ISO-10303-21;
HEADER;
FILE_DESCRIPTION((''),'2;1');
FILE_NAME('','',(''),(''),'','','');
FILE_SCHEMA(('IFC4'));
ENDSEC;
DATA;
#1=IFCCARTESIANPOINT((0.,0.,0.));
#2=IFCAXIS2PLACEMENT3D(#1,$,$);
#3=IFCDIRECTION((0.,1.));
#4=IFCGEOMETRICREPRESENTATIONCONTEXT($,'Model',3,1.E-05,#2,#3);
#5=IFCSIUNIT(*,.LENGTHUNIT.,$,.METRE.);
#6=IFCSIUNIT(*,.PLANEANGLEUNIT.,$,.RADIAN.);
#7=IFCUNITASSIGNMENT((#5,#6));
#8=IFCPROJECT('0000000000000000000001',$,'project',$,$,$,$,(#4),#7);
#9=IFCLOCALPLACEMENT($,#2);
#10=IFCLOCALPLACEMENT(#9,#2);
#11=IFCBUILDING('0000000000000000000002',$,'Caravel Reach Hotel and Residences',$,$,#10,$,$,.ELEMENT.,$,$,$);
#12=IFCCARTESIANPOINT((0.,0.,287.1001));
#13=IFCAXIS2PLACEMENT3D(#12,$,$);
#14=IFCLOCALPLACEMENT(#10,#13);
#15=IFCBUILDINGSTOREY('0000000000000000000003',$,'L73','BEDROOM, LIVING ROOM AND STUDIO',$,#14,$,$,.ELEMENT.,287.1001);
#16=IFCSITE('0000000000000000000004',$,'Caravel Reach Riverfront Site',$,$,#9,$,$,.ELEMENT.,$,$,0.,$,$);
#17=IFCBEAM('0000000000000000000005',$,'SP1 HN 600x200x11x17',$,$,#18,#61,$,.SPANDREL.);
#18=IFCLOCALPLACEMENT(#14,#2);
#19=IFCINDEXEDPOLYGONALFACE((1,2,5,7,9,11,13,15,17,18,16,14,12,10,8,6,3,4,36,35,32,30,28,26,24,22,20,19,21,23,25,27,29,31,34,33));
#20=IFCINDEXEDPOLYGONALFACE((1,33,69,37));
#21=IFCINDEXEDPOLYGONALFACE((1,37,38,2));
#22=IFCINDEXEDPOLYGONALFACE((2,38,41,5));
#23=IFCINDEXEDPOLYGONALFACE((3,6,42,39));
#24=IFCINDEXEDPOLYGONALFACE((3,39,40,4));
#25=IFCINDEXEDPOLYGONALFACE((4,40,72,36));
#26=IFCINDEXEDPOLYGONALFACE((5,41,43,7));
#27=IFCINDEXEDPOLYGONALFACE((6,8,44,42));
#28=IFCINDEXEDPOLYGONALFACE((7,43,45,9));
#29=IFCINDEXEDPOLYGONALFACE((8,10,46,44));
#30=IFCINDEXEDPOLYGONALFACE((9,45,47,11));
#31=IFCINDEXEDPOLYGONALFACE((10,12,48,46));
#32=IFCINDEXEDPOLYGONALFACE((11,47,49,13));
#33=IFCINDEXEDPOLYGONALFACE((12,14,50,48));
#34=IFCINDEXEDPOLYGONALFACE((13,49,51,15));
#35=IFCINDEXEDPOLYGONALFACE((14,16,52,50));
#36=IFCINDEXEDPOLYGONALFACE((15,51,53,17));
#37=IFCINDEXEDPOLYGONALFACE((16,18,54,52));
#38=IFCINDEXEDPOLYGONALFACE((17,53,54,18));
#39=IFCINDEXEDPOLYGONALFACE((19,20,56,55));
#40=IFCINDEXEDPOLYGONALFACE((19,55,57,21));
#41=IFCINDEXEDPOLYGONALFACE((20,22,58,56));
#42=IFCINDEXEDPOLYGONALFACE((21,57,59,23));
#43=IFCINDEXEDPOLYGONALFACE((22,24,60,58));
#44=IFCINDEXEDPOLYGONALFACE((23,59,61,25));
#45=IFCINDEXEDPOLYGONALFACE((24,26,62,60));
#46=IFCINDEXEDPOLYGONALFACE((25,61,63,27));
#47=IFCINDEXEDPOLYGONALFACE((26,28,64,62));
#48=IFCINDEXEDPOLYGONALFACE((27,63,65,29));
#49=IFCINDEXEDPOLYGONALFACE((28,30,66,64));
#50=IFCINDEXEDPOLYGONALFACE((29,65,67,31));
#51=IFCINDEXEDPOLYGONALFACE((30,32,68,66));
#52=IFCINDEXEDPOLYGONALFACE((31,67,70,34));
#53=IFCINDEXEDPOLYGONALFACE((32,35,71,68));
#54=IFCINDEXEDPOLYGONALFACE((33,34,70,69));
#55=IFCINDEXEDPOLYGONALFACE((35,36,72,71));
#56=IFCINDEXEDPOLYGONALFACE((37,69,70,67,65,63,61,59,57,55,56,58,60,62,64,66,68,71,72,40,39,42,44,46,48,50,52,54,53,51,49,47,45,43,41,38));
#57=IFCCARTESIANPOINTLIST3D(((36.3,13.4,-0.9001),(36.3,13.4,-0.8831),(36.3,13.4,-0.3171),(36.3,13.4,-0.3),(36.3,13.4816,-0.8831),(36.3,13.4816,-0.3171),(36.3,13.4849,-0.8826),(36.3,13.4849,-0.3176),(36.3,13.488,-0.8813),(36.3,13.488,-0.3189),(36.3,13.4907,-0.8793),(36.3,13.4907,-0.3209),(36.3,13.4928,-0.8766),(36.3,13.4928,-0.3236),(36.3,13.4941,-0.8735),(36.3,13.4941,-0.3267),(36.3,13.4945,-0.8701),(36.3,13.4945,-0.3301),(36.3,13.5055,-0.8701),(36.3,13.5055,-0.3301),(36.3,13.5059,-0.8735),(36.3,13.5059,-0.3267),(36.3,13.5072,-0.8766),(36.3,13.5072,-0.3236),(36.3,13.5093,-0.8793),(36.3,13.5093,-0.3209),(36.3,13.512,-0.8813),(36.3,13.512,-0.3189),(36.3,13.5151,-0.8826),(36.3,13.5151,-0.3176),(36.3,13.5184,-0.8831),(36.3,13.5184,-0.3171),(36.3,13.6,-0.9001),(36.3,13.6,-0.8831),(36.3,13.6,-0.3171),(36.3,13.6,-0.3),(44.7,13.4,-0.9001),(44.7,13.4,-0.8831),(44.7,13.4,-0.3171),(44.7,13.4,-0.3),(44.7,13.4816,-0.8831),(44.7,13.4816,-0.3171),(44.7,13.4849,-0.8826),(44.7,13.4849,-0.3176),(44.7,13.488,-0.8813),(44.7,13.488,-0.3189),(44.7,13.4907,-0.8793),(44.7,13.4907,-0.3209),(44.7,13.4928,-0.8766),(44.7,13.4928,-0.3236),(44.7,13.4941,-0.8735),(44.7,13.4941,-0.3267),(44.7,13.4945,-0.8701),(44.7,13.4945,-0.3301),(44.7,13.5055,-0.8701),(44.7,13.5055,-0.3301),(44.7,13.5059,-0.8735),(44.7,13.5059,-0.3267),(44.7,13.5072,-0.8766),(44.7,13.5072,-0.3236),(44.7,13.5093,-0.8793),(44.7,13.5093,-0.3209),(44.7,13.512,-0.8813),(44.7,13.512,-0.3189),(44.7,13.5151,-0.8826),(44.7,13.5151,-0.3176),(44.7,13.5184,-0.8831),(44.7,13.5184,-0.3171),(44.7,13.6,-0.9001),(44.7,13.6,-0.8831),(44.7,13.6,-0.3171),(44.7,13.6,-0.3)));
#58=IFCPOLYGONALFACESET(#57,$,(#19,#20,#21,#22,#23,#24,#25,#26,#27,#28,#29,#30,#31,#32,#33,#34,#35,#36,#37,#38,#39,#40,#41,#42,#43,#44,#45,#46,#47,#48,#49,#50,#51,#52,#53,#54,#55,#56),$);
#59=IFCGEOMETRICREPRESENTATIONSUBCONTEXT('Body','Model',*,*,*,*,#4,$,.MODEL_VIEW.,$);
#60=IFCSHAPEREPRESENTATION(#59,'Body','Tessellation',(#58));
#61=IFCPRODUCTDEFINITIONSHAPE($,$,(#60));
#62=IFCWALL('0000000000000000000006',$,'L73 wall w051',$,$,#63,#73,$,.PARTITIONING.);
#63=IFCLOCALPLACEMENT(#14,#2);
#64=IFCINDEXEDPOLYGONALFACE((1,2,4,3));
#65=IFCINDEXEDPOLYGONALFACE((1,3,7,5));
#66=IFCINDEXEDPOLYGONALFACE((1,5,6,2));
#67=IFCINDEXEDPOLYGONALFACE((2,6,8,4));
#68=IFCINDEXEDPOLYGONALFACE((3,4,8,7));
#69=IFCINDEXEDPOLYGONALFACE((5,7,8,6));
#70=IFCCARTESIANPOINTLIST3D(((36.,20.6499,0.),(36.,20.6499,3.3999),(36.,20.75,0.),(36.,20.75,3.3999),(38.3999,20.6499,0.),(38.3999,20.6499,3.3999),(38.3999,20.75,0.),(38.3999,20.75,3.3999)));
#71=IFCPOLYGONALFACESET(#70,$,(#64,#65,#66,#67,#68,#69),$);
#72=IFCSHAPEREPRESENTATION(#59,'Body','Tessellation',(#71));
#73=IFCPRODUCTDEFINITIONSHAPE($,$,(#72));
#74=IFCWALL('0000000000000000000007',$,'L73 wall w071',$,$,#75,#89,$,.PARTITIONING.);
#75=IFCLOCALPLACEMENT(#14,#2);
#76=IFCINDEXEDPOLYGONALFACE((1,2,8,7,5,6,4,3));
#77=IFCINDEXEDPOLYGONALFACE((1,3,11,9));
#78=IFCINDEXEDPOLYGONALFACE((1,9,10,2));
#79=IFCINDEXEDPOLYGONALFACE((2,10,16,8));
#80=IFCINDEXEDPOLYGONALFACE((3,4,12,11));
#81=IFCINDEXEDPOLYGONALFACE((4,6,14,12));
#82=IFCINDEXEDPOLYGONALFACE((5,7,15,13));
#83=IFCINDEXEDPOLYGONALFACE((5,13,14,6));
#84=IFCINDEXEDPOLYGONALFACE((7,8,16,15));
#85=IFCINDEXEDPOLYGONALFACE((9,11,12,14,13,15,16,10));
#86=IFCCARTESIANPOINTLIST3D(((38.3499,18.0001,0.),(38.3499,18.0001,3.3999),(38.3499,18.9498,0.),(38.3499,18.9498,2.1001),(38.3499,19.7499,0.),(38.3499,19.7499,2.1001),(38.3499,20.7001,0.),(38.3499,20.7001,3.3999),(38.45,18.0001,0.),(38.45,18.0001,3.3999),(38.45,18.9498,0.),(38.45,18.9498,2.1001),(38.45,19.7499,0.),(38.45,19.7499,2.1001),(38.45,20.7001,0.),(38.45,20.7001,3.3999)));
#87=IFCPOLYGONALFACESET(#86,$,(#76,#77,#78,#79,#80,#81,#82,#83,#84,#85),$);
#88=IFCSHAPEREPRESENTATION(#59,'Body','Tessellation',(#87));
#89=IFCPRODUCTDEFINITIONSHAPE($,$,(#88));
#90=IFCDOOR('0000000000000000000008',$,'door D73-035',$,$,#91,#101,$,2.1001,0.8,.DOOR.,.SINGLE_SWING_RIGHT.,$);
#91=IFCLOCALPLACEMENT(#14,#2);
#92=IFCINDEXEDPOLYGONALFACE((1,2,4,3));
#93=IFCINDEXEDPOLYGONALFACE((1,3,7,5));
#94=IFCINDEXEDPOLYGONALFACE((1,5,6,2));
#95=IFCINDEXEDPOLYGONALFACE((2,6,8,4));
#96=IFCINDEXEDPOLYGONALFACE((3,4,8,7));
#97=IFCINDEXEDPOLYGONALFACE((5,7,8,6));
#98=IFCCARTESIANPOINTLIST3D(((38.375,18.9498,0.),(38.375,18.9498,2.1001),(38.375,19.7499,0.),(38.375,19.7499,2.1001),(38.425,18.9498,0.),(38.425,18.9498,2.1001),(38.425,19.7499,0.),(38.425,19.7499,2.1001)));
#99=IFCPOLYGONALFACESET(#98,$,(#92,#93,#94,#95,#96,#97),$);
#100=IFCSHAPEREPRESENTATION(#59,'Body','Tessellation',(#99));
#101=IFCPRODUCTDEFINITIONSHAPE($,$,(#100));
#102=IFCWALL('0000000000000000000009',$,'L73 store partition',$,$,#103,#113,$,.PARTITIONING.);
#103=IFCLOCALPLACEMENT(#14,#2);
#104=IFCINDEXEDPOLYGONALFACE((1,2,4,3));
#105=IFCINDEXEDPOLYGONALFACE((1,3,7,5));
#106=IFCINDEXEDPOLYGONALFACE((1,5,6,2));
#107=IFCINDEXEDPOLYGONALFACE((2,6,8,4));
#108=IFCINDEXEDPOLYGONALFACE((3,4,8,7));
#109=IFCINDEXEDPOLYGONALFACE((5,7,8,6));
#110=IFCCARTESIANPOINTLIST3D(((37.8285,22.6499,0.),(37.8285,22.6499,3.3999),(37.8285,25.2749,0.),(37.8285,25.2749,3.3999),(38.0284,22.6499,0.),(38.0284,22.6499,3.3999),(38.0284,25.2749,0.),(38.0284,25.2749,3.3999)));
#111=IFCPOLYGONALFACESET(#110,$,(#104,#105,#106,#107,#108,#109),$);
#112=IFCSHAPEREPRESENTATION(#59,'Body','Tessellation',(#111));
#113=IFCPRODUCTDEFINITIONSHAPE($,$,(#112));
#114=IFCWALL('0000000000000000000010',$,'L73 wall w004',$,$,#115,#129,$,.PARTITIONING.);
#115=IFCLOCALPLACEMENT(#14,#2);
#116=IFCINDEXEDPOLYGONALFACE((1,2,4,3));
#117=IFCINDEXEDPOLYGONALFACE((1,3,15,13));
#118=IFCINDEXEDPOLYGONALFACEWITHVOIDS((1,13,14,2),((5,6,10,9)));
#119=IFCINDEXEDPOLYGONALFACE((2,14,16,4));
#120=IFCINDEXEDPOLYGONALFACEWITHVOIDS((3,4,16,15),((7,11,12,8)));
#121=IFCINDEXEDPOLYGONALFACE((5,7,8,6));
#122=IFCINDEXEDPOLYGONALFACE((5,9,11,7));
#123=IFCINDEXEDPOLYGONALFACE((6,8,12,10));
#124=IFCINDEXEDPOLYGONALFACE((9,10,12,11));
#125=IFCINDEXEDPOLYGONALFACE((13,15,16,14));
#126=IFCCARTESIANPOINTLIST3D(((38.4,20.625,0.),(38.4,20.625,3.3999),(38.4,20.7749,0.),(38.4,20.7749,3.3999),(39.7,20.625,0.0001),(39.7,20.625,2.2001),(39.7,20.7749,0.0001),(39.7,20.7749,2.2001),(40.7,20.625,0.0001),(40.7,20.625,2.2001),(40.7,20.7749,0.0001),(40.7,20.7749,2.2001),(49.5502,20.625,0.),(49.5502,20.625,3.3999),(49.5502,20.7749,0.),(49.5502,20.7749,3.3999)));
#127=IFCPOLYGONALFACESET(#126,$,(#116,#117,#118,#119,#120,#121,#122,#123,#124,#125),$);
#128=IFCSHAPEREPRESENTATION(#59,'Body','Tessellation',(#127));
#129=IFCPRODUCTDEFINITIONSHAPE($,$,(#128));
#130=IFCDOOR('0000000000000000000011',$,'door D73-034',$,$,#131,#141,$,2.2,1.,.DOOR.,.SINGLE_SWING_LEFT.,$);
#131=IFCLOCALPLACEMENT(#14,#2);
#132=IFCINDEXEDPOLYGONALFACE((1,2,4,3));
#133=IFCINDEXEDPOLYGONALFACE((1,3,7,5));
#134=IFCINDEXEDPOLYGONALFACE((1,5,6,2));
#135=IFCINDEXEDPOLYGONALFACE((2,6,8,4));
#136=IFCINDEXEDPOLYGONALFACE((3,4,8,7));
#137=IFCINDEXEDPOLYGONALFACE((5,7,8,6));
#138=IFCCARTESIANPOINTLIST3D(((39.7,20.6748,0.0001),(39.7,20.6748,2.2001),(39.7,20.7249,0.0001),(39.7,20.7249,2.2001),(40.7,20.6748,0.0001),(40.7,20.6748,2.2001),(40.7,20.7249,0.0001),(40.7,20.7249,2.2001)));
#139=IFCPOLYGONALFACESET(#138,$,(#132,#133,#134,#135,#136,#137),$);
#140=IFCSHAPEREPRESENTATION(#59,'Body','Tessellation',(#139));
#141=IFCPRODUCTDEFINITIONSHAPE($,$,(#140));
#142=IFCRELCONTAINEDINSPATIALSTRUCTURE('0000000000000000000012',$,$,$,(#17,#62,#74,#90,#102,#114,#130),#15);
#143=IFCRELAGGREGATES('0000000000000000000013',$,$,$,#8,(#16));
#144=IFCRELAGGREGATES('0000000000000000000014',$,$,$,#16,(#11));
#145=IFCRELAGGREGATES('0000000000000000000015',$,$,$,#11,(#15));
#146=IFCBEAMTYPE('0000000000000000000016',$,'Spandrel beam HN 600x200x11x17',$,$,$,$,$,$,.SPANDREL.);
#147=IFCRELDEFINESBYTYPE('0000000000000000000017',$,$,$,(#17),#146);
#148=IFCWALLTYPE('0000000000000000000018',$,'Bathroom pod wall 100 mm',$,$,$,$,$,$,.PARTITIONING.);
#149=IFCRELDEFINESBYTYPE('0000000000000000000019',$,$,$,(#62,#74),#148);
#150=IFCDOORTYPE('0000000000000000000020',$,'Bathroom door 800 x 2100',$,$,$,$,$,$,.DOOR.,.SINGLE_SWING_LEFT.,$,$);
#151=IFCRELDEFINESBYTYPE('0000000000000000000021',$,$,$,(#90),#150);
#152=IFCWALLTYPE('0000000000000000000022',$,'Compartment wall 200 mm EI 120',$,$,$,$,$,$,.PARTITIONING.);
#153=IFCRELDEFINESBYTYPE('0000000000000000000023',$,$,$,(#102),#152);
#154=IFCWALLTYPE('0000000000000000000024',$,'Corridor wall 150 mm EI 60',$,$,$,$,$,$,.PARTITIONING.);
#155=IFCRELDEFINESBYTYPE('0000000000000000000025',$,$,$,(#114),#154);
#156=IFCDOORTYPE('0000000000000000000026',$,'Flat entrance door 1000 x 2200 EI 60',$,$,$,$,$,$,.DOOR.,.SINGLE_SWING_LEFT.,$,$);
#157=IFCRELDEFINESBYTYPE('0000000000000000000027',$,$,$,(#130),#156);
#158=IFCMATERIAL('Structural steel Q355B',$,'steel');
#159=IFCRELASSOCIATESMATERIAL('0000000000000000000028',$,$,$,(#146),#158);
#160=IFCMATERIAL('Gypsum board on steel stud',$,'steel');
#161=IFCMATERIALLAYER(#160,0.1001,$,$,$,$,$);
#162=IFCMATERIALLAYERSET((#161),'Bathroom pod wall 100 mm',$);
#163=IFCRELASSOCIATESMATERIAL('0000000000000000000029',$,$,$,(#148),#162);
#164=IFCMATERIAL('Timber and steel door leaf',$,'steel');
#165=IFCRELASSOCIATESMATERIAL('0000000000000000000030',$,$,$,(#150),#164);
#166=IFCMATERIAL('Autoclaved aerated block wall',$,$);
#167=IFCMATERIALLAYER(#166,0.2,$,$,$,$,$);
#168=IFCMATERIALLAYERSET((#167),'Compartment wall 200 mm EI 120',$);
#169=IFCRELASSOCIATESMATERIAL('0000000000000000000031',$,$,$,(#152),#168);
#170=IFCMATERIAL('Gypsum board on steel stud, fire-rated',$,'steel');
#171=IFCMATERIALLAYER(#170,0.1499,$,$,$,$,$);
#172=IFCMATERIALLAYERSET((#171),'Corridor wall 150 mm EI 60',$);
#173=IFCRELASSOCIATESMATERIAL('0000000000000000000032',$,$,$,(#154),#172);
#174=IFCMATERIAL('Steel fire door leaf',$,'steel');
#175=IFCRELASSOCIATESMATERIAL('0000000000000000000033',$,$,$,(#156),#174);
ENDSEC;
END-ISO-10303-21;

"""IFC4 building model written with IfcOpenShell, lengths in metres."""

from ifc_helpers import new_model, si_unit, direction, frame, frame_2d, origin, origin_2d, place, context, subcontext, project, spatial, rectangle, i_section, extrude, material, layer, layer_set, material_profile, profile_set, type_object, element, fill, save


model = new_model("IFC4")

# Units and contexts
model_context = context("Model", 3, precision=1e-05, world=origin(), true_north=direction((0.0, 1.0)))
body_context = subcontext(model_context, "Body", "Model", "MODEL_VIEW")
ifc_project = project(units=[si_unit("LENGTHUNIT", "METRE"), si_unit("PLANEANGLEUNIT", "RADIAN")], contexts=[model_context])

# Site, building, storey
site_placement = place(None, origin())
site = spatial("IfcSite", under=ifc_project, at=site_placement, Name="Caravel Reach Riverfront Site", CompositionType="ELEMENT", RefElevation=0.0)
building_placement = place(site_placement, origin())
building = spatial("IfcBuilding", under=site, at=building_placement, Name="Caravel Reach Hotel and Residences", CompositionType="ELEMENT")
storey_placement = place(building_placement, frame((0.0, 0.0, 287.1001)))
storey = spatial("IfcBuildingStorey", under=building, at=storey_placement, Name="L73", Description="BEDROOM, LIVING ROOM AND STUDIO", CompositionType="ELEMENT", Elevation=287.1001)

# Beam
ifc_material_1 = material(Name="Structural steel Q355B", Category="steel")
ifc_material_profile = material_profile(ifc_material_1, i_section(OverallWidth=0.2, OverallDepth=0.6001, WebThickness=0.011, FlangeThickness=0.0171, FilletRadius=0.0129, at=origin_2d()), Name="HN 600x200x11x17")
ifc_profile_set = profile_set([ifc_material_profile], Name="Structural steel Q355B")
beam_type = type_object("IfcBeamType", Name="Spandrel beam HN 600x200x11x17", PredefinedType="SPANDREL", material=ifc_profile_set)
beam_placement = place(storey_placement, frame((36.3, 13.5, -0.6001), z_axis=(1.0, 0.0, 0.0), x_axis=(0.0, 1.0, 0.0)))
element("IfcBeam", 1, at=beam_placement, inside=storey, type_object=beam_type, Name="SP1 HN 600x200x11x17", PredefinedType="SPANDREL", context=body_context, shape_type="SweptSolid", body=[
    extrude(i_section(OverallWidth=0.2, OverallDepth=0.6001, WebThickness=0.011, FlangeThickness=0.0171, FilletRadius=0.0129, at=origin_2d()), origin(), (0.0, 0.0, 1.0), 8.3999),
])

# Wall
ifc_material_2 = material(Name="Gypsum board on steel stud", Category="steel")
ifc_layer_1 = layer(ifc_material_2, 0.1001)
ifc_layer_set_1 = layer_set([ifc_layer_1], Name="Bathroom pod wall 100 mm")
wall_type_1 = type_object("IfcWallType", Name="Bathroom pod wall 100 mm", PredefinedType="PARTITIONING", material=ifc_layer_set_1)
wall_1_placement = place(storey_placement, frame((36.0, 20.7, 0.0), z_axis=(0.0, 0.0, 1.0), x_axis=(1.0, 0.0, 0.0)))
element("IfcWall", 2, at=wall_1_placement, inside=storey, type_object=wall_type_1, Name="L73 wall w051", PredefinedType="PARTITIONING", context=body_context, shape_type="SweptSolid", body=[
    extrude(rectangle(XDim=2.3999, YDim=0.1001, at=frame_2d((1.2, 0.0))), origin(), (0.0, 0.0, 1.0), 3.3999),
])

# Wall, opening, door
wall_2_placement = place(storey_placement, frame((38.3999, 18.0, 0.0), z_axis=(0.0, 0.0, 1.0), x_axis=(0.0, 1.0, 0.0)))
wall_2 = element("IfcWall", 3, at=wall_2_placement, inside=storey, type_object=wall_type_1, Name="L73 wall w071", PredefinedType="PARTITIONING", context=body_context, shape_type="SweptSolid", body=[
    extrude(rectangle(XDim=2.7, YDim=0.1001, at=frame_2d((1.3501, 0.0))), origin(), (0.0, 0.0, 1.0), 3.3999),
])
opening_1_placement = place(wall_2_placement, frame((0.95, 0.0, 0.0)))
opening_1 = element("IfcOpeningElement", 4, at=opening_1_placement, cuts=wall_2, PredefinedType="OPENING", context=body_context, shape_type="SweptSolid", body=[
    extrude(rectangle(XDim=0.8, YDim=2.1001, at=frame_2d((0.3999, 1.05))), frame((0.0, 0.0601, 0.0), z_axis=(0.0, -1.0, 0.0), x_axis=(1.0, 0.0, 0.0)), (0.0, 0.0, 1.0), 0.1201),
])
ifc_material_3 = material(Name="Timber and steel door leaf", Category="steel")
door_type_1 = type_object("IfcDoorType", Name="Bathroom door 800 x 2100", OperationType="SINGLE_SWING_LEFT", PredefinedType="DOOR", material=ifc_material_3)
door_1_placement = place(opening_1_placement, origin())
door_1 = element("IfcDoor", 5, at=door_1_placement, inside=storey, type_object=door_type_1, Name="door D73-035", OperationType="SINGLE_SWING_RIGHT", OverallHeight=2.1001, OverallWidth=0.8, PredefinedType="DOOR", context=body_context, shape_type="SweptSolid", body=[
    extrude(rectangle(XDim=0.8, YDim=2.1001, at=frame_2d((0.3999, 1.05))), frame((0.0, 0.0249, 0.0), z_axis=(0.0, -1.0, 0.0), x_axis=(1.0, 0.0, 0.0)), (0.0, 0.0, 1.0), 0.05),
])
fill(opening_1, door_1)

# Wall
ifc_material_4 = material(Name="Autoclaved aerated block wall")
ifc_layer_2 = layer(ifc_material_4, 0.2)
ifc_layer_set_2 = layer_set([ifc_layer_2], Name="Compartment wall 200 mm EI 120")
wall_type_2 = type_object("IfcWallType", Name="Compartment wall 200 mm EI 120", PredefinedType="PARTITIONING", material=ifc_layer_set_2)
wall_3_placement = place(storey_placement, frame((37.9285, 22.6499, 0.0), z_axis=(0.0, 0.0, 1.0), x_axis=(0.0, 1.0, 0.0)))
element("IfcWall", 6, at=wall_3_placement, inside=storey, type_object=wall_type_2, Name="L73 store partition", PredefinedType="PARTITIONING", context=body_context, shape_type="SweptSolid", body=[
    extrude(rectangle(XDim=2.625, YDim=0.2, at=frame_2d((1.3125, 0.0))), origin(), (0.0, 0.0, 1.0), 3.3999),
])

# Wall, opening, door
ifc_material_5 = material(Name="Gypsum board on steel stud, fire-rated", Category="steel")
ifc_layer_3 = layer(ifc_material_5, 0.1499)
ifc_layer_set_3 = layer_set([ifc_layer_3], Name="Corridor wall 150 mm EI 60")
wall_type_3 = type_object("IfcWallType", Name="Corridor wall 150 mm EI 60", PredefinedType="PARTITIONING", material=ifc_layer_set_3)
wall_4_placement = place(storey_placement, frame((38.3999, 20.7, 0.0), z_axis=(0.0, 0.0, 1.0), x_axis=(1.0, 0.0, 0.0)))
wall_4 = element("IfcWall", 7, at=wall_4_placement, inside=storey, type_object=wall_type_3, Name="L73 wall w004", PredefinedType="PARTITIONING", context=body_context, shape_type="SweptSolid", body=[
    extrude(rectangle(XDim=11.1501, YDim=0.1499, at=frame_2d((5.5752, 0.0))), origin(), (0.0, 0.0, 1.0), 3.3999),
])
opening_2_placement = place(wall_4_placement, frame((1.3, 0.0, 0.0)))
opening_2 = element("IfcOpeningElement", 8, at=opening_2_placement, cuts=wall_4, PredefinedType="OPENING", context=body_context, shape_type="SweptSolid", body=[
    extrude(rectangle(XDim=1.0, YDim=2.2, at=frame_2d((0.5, 1.1001))), frame((0.0, 0.085, 0.0), z_axis=(0.0, -1.0, 0.0), x_axis=(1.0, 0.0, 0.0)), (0.0, 0.0, 1.0), 0.1699),
])
ifc_material_6 = material(Name="Steel fire door leaf", Category="steel")
door_type_2 = type_object("IfcDoorType", Name="Flat entrance door 1000 x 2200 EI 60", OperationType="SINGLE_SWING_LEFT", PredefinedType="DOOR", material=ifc_material_6)
door_2_placement = place(opening_2_placement, origin())
door_2 = element("IfcDoor", 9, at=door_2_placement, inside=storey, type_object=door_type_2, Name="door D73-034", OperationType="SINGLE_SWING_LEFT", OverallHeight=2.2, OverallWidth=1.0, PredefinedType="DOOR", context=body_context, shape_type="SweptSolid", body=[
    extrude(rectangle(XDim=1.0, YDim=2.2, at=frame_2d((0.5, 1.1001))), frame((0.0, 0.0249, 0.0), z_axis=(0.0, -1.0, 0.0), x_axis=(1.0, 0.0, 0.0)), (0.0, 0.0, 1.0), 0.05),
])
fill(opening_2, door_2)

save(model, "model.ifc")
